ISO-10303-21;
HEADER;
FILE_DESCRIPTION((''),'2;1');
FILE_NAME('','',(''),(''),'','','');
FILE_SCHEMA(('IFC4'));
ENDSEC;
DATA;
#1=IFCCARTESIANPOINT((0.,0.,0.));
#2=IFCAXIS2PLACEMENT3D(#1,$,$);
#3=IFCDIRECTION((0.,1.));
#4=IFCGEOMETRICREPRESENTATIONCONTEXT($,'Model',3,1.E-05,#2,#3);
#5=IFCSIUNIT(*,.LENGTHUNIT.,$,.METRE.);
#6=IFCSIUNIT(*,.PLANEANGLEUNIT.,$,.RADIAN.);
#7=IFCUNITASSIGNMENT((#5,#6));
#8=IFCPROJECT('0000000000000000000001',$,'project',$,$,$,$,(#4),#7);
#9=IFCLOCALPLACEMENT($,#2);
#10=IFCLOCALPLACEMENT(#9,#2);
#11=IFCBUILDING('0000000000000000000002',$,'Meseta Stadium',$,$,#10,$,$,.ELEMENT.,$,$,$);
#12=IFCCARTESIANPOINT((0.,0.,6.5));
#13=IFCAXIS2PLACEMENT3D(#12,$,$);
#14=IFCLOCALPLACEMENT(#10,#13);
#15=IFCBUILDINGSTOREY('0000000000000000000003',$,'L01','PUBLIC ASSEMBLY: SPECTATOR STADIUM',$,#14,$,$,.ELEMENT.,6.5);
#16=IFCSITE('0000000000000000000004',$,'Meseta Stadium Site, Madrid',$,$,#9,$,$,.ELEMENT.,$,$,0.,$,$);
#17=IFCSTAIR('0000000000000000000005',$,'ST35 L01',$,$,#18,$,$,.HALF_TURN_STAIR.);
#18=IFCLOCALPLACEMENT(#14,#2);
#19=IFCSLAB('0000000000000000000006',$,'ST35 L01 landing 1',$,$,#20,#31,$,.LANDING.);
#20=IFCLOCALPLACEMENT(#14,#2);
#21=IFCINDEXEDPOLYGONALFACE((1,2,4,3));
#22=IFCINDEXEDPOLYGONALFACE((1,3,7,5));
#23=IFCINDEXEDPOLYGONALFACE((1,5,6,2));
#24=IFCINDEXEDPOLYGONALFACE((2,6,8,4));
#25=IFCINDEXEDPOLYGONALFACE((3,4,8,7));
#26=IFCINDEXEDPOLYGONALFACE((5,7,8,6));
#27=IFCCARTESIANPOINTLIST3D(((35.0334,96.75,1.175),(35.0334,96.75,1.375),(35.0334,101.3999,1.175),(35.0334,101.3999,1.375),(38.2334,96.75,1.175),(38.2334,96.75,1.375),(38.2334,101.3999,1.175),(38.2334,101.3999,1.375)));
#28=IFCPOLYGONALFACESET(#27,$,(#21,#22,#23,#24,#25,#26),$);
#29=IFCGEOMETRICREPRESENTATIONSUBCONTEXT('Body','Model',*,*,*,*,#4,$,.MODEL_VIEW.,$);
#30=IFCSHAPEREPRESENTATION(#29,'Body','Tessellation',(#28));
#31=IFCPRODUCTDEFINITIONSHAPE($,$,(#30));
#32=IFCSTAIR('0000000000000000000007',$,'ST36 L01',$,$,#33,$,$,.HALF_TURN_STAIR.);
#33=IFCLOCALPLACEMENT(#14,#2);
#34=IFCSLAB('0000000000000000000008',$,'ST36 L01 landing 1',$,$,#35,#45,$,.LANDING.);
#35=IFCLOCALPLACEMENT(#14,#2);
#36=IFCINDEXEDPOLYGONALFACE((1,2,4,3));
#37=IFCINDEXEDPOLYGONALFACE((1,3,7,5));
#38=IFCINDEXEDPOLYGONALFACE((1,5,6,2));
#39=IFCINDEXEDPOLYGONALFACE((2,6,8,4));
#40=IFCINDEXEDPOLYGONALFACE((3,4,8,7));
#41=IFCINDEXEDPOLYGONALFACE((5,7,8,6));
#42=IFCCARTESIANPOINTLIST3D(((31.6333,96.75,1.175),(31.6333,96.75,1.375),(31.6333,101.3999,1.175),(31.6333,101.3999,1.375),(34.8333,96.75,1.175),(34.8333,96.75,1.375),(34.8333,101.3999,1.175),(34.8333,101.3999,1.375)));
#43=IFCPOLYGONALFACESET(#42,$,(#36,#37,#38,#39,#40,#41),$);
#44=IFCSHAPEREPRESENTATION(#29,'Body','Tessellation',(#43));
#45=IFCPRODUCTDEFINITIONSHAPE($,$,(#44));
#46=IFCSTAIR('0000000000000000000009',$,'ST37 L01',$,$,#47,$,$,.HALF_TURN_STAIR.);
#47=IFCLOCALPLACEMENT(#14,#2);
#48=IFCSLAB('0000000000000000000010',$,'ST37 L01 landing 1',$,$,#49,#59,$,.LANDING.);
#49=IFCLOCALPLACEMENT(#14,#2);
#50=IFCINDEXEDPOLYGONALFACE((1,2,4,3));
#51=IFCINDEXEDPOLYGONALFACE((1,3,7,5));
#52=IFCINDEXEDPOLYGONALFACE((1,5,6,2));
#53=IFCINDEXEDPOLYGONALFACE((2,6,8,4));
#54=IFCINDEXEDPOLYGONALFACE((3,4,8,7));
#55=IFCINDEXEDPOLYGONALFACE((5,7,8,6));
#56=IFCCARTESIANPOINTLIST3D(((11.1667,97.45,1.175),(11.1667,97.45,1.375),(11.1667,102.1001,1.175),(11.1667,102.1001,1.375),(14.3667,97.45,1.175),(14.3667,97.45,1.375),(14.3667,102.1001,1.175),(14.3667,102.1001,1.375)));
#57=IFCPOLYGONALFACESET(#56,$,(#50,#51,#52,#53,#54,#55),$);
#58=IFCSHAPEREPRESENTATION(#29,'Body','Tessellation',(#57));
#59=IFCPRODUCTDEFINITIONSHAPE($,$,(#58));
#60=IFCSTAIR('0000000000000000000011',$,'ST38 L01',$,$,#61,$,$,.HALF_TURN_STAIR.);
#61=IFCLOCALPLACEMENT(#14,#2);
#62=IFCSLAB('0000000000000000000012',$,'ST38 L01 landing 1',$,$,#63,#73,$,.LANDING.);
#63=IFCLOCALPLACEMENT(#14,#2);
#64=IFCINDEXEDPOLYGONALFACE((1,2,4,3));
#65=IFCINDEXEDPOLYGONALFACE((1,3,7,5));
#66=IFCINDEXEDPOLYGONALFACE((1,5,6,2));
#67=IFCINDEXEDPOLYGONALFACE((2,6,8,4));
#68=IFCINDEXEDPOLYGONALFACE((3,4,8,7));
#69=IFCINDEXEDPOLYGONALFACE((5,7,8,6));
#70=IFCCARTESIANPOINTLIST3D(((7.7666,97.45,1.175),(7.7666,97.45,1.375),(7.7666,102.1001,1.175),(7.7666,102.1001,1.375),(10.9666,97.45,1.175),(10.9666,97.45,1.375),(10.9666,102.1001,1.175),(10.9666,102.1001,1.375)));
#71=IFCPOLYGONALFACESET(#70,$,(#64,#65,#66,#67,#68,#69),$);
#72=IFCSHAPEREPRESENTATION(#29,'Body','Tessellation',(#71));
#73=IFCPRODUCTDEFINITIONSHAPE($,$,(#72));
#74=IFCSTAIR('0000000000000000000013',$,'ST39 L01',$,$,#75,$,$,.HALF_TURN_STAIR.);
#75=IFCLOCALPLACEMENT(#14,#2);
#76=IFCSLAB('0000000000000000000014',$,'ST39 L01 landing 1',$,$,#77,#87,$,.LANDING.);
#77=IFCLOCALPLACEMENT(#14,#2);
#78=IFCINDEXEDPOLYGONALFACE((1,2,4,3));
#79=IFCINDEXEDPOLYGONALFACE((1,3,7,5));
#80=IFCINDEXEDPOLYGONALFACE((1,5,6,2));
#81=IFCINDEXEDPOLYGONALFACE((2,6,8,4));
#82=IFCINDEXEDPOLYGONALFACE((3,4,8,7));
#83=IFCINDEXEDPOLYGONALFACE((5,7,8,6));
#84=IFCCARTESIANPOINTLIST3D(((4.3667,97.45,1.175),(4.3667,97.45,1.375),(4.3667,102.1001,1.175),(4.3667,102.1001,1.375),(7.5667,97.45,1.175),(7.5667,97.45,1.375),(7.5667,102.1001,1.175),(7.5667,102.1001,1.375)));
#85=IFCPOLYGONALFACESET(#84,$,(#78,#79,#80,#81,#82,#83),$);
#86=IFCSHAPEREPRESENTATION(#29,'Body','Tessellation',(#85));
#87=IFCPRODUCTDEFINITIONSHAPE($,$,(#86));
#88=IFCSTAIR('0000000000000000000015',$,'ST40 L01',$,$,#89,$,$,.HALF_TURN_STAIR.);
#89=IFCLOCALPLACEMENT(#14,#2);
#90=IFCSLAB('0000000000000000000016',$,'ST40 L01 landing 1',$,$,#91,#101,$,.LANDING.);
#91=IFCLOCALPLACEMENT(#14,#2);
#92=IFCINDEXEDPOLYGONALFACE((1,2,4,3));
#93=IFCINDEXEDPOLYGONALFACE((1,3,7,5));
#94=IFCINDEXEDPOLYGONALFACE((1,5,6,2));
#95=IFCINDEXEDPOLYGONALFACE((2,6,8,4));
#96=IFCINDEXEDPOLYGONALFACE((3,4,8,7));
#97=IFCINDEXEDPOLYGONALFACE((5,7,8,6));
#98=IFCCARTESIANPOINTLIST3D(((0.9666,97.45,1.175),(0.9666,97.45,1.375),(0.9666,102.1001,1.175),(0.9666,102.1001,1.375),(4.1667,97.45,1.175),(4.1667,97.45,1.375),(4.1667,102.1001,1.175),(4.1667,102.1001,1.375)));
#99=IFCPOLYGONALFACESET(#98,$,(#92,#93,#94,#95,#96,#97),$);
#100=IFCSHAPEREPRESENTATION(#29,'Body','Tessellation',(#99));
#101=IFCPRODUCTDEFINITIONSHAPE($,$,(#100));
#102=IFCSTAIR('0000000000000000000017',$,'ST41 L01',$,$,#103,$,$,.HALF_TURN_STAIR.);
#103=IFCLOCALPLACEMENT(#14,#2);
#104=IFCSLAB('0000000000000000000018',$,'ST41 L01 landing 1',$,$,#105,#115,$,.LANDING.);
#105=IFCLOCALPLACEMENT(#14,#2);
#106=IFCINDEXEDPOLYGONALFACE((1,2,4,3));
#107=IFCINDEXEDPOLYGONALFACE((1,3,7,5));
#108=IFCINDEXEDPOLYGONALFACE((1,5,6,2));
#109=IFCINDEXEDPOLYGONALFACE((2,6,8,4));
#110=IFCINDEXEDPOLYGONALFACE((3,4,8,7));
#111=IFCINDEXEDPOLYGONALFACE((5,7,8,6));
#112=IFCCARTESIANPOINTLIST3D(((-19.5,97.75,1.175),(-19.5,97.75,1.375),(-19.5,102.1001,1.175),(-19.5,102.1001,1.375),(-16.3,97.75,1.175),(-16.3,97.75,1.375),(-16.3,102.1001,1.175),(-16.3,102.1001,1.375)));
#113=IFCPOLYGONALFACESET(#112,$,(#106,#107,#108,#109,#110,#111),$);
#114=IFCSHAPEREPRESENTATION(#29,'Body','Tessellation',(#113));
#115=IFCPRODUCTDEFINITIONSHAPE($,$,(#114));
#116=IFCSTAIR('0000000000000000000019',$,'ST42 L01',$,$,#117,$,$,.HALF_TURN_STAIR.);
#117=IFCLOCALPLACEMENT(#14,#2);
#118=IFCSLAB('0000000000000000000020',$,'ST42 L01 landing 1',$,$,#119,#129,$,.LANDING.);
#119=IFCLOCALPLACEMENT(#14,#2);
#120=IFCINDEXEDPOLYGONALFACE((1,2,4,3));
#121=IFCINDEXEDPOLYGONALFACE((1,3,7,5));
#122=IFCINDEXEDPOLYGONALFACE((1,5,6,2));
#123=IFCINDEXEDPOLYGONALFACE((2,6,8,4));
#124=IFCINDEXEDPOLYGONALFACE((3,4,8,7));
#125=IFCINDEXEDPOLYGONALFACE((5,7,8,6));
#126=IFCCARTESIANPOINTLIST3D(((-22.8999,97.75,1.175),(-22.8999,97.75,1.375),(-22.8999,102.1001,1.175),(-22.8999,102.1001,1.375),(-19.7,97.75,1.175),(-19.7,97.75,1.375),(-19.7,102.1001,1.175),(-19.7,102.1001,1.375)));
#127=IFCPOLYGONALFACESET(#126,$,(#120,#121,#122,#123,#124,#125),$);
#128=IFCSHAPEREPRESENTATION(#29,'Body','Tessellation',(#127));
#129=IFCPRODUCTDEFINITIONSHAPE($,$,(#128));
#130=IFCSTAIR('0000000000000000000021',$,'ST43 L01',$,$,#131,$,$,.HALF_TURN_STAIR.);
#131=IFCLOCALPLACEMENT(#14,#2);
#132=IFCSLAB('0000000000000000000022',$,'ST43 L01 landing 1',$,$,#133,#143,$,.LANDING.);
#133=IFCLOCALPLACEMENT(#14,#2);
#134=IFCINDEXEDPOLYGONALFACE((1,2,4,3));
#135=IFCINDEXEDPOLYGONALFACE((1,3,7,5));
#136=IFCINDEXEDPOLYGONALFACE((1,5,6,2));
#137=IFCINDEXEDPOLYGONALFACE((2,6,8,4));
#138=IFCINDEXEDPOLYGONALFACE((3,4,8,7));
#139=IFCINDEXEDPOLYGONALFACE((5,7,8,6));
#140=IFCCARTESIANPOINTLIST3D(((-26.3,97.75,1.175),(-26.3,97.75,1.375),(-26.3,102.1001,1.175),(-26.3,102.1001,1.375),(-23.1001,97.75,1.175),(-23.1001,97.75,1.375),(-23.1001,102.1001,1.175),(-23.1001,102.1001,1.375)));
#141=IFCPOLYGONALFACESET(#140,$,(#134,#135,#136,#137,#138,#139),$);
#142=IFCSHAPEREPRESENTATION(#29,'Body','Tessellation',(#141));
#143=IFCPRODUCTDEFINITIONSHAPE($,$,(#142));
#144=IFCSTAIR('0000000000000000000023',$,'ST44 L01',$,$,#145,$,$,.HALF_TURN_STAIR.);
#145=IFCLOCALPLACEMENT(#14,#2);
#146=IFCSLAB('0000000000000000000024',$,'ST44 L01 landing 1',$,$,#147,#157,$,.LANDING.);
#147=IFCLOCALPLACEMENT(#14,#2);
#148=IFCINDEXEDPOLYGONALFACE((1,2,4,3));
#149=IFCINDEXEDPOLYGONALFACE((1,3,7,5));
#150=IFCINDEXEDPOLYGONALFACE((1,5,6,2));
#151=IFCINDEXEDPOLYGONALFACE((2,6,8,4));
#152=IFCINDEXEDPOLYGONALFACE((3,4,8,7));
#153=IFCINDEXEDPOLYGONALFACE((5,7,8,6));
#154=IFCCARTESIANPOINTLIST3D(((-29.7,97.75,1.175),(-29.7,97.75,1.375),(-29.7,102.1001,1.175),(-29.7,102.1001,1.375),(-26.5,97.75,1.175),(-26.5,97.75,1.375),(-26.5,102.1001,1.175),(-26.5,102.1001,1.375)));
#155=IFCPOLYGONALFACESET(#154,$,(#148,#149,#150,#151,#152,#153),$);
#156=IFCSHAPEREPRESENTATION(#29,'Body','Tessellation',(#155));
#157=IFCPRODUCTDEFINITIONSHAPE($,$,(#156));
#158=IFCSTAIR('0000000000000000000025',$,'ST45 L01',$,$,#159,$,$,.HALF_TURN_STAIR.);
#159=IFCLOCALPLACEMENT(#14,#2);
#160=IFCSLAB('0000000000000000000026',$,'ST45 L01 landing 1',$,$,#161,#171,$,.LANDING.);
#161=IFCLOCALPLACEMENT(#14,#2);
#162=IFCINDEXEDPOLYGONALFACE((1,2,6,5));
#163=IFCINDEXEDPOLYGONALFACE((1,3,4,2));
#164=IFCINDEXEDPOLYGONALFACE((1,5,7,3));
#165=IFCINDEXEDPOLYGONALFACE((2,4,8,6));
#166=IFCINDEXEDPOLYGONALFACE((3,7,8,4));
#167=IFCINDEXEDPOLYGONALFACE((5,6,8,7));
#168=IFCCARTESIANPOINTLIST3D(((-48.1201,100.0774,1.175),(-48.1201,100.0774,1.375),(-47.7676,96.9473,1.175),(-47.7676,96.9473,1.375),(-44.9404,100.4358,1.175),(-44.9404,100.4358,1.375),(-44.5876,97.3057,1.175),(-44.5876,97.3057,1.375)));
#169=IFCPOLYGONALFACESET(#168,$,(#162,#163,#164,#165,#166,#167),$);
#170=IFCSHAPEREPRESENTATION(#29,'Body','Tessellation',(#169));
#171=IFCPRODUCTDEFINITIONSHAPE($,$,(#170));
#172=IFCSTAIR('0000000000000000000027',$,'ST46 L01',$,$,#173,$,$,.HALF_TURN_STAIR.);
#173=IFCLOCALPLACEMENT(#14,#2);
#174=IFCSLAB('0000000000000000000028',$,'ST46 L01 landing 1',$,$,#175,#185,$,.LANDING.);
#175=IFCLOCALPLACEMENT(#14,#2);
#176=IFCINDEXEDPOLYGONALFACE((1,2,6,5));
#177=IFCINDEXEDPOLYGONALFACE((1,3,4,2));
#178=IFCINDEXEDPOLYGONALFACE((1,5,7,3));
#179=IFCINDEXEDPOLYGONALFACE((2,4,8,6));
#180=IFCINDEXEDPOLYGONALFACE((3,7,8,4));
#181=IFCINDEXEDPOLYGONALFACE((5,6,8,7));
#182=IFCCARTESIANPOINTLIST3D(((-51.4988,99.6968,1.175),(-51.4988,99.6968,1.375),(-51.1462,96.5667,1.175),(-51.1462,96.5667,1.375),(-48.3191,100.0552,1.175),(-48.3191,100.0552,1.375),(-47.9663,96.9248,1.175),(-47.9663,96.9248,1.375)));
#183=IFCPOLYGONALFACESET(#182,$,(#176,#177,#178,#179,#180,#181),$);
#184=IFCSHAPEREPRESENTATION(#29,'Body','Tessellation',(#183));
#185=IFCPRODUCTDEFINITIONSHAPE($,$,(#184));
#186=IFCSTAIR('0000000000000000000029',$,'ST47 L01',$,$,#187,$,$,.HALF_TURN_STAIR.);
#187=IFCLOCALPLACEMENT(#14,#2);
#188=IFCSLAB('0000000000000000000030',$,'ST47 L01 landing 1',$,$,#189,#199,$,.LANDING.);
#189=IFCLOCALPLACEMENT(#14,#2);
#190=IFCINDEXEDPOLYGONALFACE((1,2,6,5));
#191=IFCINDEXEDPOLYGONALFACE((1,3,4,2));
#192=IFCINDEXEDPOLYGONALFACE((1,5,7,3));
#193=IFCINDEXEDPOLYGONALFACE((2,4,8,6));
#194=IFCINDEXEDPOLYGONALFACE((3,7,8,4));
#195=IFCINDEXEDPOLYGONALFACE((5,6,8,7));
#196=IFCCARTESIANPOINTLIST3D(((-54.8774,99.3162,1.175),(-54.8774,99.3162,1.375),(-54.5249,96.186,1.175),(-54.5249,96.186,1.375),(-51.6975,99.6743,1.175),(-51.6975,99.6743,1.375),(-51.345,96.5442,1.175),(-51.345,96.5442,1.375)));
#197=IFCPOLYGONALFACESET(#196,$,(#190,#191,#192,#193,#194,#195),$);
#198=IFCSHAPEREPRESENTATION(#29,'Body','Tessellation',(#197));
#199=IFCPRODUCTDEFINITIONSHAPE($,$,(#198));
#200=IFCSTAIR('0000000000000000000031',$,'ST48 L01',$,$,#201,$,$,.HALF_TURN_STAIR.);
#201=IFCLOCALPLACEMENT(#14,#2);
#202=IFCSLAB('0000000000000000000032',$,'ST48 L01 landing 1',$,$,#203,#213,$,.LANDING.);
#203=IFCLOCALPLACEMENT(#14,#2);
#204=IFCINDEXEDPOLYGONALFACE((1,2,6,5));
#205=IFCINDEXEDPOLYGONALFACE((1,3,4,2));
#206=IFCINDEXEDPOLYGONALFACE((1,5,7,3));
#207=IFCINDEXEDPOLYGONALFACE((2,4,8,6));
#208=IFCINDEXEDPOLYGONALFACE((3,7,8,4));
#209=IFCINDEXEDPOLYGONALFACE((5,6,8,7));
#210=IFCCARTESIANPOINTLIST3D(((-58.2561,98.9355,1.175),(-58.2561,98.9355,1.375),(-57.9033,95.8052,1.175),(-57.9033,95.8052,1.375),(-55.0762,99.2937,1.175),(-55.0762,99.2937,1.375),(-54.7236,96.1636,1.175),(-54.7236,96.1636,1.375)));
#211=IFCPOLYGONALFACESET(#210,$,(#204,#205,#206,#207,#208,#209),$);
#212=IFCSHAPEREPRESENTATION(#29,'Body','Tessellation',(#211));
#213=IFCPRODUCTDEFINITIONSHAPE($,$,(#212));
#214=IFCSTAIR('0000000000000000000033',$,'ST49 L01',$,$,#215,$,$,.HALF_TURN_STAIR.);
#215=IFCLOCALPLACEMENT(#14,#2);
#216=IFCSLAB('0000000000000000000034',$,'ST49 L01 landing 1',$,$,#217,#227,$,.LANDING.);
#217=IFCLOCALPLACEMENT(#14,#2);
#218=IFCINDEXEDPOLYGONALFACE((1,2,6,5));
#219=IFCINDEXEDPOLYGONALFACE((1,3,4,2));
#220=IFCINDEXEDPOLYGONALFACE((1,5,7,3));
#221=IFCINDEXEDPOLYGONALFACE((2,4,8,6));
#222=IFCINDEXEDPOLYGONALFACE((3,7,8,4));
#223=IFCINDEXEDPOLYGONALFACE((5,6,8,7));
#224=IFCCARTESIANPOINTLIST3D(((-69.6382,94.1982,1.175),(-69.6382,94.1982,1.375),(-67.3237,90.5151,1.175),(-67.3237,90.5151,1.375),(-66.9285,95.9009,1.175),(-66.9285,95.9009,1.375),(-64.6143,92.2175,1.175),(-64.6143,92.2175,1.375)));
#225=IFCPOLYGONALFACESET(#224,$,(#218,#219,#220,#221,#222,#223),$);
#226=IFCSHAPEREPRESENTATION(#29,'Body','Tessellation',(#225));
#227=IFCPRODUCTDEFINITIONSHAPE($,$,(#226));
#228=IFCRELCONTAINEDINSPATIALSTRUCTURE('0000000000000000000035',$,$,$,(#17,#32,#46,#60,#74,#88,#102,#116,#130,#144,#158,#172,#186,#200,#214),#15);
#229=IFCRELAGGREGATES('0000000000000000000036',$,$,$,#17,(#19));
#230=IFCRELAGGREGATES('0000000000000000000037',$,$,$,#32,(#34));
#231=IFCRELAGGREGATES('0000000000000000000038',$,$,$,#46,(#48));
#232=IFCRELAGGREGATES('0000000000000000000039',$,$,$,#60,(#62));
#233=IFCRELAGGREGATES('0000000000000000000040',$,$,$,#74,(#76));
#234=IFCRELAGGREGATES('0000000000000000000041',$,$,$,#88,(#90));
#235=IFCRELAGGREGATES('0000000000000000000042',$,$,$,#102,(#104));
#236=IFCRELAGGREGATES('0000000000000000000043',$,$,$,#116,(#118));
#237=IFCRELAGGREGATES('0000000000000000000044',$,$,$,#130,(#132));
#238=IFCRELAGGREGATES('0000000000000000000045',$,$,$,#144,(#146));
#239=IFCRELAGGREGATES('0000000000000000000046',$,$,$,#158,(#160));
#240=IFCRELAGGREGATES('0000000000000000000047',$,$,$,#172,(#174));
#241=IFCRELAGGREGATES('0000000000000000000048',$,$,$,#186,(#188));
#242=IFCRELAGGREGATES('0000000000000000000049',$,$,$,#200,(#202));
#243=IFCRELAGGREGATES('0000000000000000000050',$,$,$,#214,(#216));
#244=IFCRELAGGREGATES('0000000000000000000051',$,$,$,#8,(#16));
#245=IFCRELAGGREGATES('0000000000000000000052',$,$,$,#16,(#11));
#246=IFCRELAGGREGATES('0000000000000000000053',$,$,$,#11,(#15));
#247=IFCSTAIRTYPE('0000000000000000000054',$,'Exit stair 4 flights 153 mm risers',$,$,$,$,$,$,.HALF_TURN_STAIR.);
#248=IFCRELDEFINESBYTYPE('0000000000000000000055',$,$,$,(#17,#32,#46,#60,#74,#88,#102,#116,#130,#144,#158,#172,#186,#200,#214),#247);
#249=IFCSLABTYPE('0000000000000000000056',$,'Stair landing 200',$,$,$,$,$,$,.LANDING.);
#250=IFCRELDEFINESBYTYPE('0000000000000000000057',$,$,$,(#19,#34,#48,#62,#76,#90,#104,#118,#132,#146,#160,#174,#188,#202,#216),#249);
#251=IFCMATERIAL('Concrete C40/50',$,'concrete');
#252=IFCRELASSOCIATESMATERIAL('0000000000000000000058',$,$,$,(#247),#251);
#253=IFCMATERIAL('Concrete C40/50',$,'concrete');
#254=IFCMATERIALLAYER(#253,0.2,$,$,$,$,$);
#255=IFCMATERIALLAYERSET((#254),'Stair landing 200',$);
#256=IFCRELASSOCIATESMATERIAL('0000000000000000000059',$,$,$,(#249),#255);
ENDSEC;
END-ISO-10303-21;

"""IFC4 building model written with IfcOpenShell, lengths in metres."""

from ifc_helpers import new_model, si_unit, direction, frame, origin, place, context, subcontext, project, spatial, polyline, outline, extrude, material, layer, layer_set, type_object, element, aggregate, save


model = new_model("IFC4")

# Units and contexts
model_context = context("Model", 3, precision=1e-05, world=origin(), true_north=direction((0.0, 1.0)))
body_context = subcontext(model_context, "Body", "Model", "MODEL_VIEW")
ifc_project = project(units=[si_unit("LENGTHUNIT", "METRE"), si_unit("PLANEANGLEUNIT", "RADIAN")], contexts=[model_context])

# Site, building, storey
site_placement = place(None, origin())
site = spatial("IfcSite", under=ifc_project, at=site_placement, Name="Meseta Stadium Site, Madrid", CompositionType="ELEMENT", RefElevation=0.0)
building_placement = place(site_placement, origin())
building = spatial("IfcBuilding", under=site, at=building_placement, Name="Meseta Stadium", CompositionType="ELEMENT")
storey_placement = place(building_placement, frame((0.0, 0.0, 6.5)))
storey = spatial("IfcBuildingStorey", under=building, at=storey_placement, Name="L01", Description="PUBLIC ASSEMBLY: SPECTATOR STADIUM", CompositionType="ELEMENT", Elevation=6.5)

# Stairs, slabs
ifc_material_1 = material(Name="Concrete C40/50", Category="concrete")
stair_type = type_object("IfcStairType", Name="Exit stair 4 flights 153 mm risers", PredefinedType="HALF_TURN_STAIR", material=ifc_material_1)
stair_1_placement = place(storey_placement, origin())
stair_1 = element("IfcStair", 1, at=stair_1_placement, inside=storey, type_object=stair_type, Name="ST35 L01", PredefinedType="HALF_TURN_STAIR")
ifc_material_2 = material(Name="Concrete C40/50", Category="concrete")
ifc_layer = layer(ifc_material_2, 0.2)
ifc_layer_set = layer_set([ifc_layer], Name="Stair landing 200")
slab_type = type_object("IfcSlabType", Name="Stair landing 200", PredefinedType="LANDING", material=ifc_layer_set)
slab_1_placement = place(storey_placement, frame((0.0, 0.0, 1.175)))
slab_1 = element("IfcSlab", 2, at=slab_1_placement, type_object=slab_type, Name="ST35 L01 landing 1", PredefinedType="LANDING", context=body_context, shape_type="SweptSolid", body=[
    extrude(outline(polyline([(38.2334, 96.75), (38.2334, 101.3999), (35.0334, 101.3999), (35.0334, 96.75), (38.2334, 96.75)])), origin(), (0.0, 0.0, 1.0), 0.2),
])
aggregate(stair_1, [slab_1])
stair_2_placement = place(storey_placement, origin())
stair_2 = element("IfcStair", 3, at=stair_2_placement, inside=storey, type_object=stair_type, Name="ST36 L01", PredefinedType="HALF_TURN_STAIR")
slab_2_placement = place(storey_placement, frame((0.0, 0.0, 1.175)))
slab_2 = element("IfcSlab", 4, at=slab_2_placement, type_object=slab_type, Name="ST36 L01 landing 1", PredefinedType="LANDING", context=body_context, shape_type="SweptSolid", body=[
    extrude(outline(polyline([(34.8333, 96.75), (34.8333, 101.3999), (31.6333, 101.3999), (31.6333, 96.75), (34.8333, 96.75)])), origin(), (0.0, 0.0, 1.0), 0.2),
])
aggregate(stair_2, [slab_2])
stair_3_placement = place(storey_placement, origin())
stair_3 = element("IfcStair", 5, at=stair_3_placement, inside=storey, type_object=stair_type, Name="ST37 L01", PredefinedType="HALF_TURN_STAIR")
slab_3_placement = place(storey_placement, frame((0.0, 0.0, 1.175)))
slab_3 = element("IfcSlab", 6, at=slab_3_placement, type_object=slab_type, Name="ST37 L01 landing 1", PredefinedType="LANDING", context=body_context, shape_type="SweptSolid", body=[
    extrude(outline(polyline([(14.3667, 97.45), (14.3667, 102.1001), (11.1667, 102.1001), (11.1667, 97.45), (14.3667, 97.45)])), origin(), (0.0, 0.0, 1.0), 0.2),
])
aggregate(stair_3, [slab_3])
stair_4_placement = place(storey_placement, origin())
stair_4 = element("IfcStair", 7, at=stair_4_placement, inside=storey, type_object=stair_type, Name="ST38 L01", PredefinedType="HALF_TURN_STAIR")
slab_4_placement = place(storey_placement, frame((0.0, 0.0, 1.175)))
slab_4 = element("IfcSlab", 8, at=slab_4_placement, type_object=slab_type, Name="ST38 L01 landing 1", PredefinedType="LANDING", context=body_context, shape_type="SweptSolid", body=[
    extrude(outline(polyline([(10.9666, 97.45), (10.9666, 102.1001), (7.7666, 102.1001), (7.7666, 97.45), (10.9666, 97.45)])), origin(), (0.0, 0.0, 1.0), 0.2),
])
aggregate(stair_4, [slab_4])
stair_5_placement = place(storey_placement, origin())
stair_5 = element("IfcStair", 9, at=stair_5_placement, inside=storey, type_object=stair_type, Name="ST39 L01", PredefinedType="HALF_TURN_STAIR")
slab_5_placement = place(storey_placement, frame((0.0, 0.0, 1.175)))
slab_5 = element("IfcSlab", 10, at=slab_5_placement, type_object=slab_type, Name="ST39 L01 landing 1", PredefinedType="LANDING", context=body_context, shape_type="SweptSolid", body=[
    extrude(outline(polyline([(7.5667, 97.45), (7.5667, 102.1001), (4.3667, 102.1001), (4.3667, 97.45), (7.5667, 97.45)])), origin(), (0.0, 0.0, 1.0), 0.2),
])
aggregate(stair_5, [slab_5])
stair_6_placement = place(storey_placement, origin())
stair_6 = element("IfcStair", 11, at=stair_6_placement, inside=storey, type_object=stair_type, Name="ST40 L01", PredefinedType="HALF_TURN_STAIR")
slab_6_placement = place(storey_placement, frame((0.0, 0.0, 1.175)))
slab_6 = element("IfcSlab", 12, at=slab_6_placement, type_object=slab_type, Name="ST40 L01 landing 1", PredefinedType="LANDING", context=body_context, shape_type="SweptSolid", body=[
    extrude(outline(polyline([(4.1667, 97.45), (4.1667, 102.1001), (0.9666, 102.1001), (0.9666, 97.45), (4.1667, 97.45)])), origin(), (0.0, 0.0, 1.0), 0.2),
])
aggregate(stair_6, [slab_6])
stair_7_placement = place(storey_placement, origin())
stair_7 = element("IfcStair", 13, at=stair_7_placement, inside=storey, type_object=stair_type, Name="ST41 L01", PredefinedType="HALF_TURN_STAIR")
slab_7_placement = place(storey_placement, frame((0.0, 0.0, 1.175)))
slab_7 = element("IfcSlab", 14, at=slab_7_placement, type_object=slab_type, Name="ST41 L01 landing 1", PredefinedType="LANDING", context=body_context, shape_type="SweptSolid", body=[
    extrude(outline(polyline([(-16.3, 97.75), (-16.3, 102.1001), (-19.5, 102.1001), (-19.5, 97.75), (-16.3, 97.75)])), origin(), (0.0, 0.0, 1.0), 0.2),
])
aggregate(stair_7, [slab_7])
stair_8_placement = place(storey_placement, origin())
stair_8 = element("IfcStair", 15, at=stair_8_placement, inside=storey, type_object=stair_type, Name="ST42 L01", PredefinedType="HALF_TURN_STAIR")
slab_8_placement = place(storey_placement, frame((0.0, 0.0, 1.175)))
slab_8 = element("IfcSlab", 16, at=slab_8_placement, type_object=slab_type, Name="ST42 L01 landing 1", PredefinedType="LANDING", context=body_context, shape_type="SweptSolid", body=[
    extrude(outline(polyline([(-19.7, 97.75), (-19.7, 102.1001), (-22.8999, 102.1001), (-22.8999, 97.75), (-19.7, 97.75)])), origin(), (0.0, 0.0, 1.0), 0.2),
])
aggregate(stair_8, [slab_8])
stair_9_placement = place(storey_placement, origin())
stair_9 = element("IfcStair", 17, at=stair_9_placement, inside=storey, type_object=stair_type, Name="ST43 L01", PredefinedType="HALF_TURN_STAIR")
slab_9_placement = place(storey_placement, frame((0.0, 0.0, 1.175)))
slab_9 = element("IfcSlab", 18, at=slab_9_placement, type_object=slab_type, Name="ST43 L01 landing 1", PredefinedType="LANDING", context=body_context, shape_type="SweptSolid", body=[
    extrude(outline(polyline([(-23.1001, 97.75), (-23.1001, 102.1001), (-26.3, 102.1001), (-26.3, 97.75), (-23.1001, 97.75)])), origin(), (0.0, 0.0, 1.0), 0.2),
])
aggregate(stair_9, [slab_9])
stair_10_placement = place(storey_placement, origin())
stair_10 = element("IfcStair", 19, at=stair_10_placement, inside=storey, type_object=stair_type, Name="ST44 L01", PredefinedType="HALF_TURN_STAIR")
slab_10_placement = place(storey_placement, frame((0.0, 0.0, 1.175)))
slab_10 = element("IfcSlab", 20, at=slab_10_placement, type_object=slab_type, Name="ST44 L01 landing 1", PredefinedType="LANDING", context=body_context, shape_type="SweptSolid", body=[
    extrude(outline(polyline([(-26.5, 97.75), (-26.5, 102.1001), (-29.7, 102.1001), (-29.7, 97.75), (-26.5, 97.75)])), origin(), (0.0, 0.0, 1.0), 0.2),
])
aggregate(stair_10, [slab_10])
stair_11_placement = place(storey_placement, origin())
stair_11 = element("IfcStair", 21, at=stair_11_placement, inside=storey, type_object=stair_type, Name="ST45 L01", PredefinedType="HALF_TURN_STAIR")
slab_11_placement = place(storey_placement, frame((0.0, 0.0, 1.175)))
slab_11 = element("IfcSlab", 22, at=slab_11_placement, type_object=slab_type, Name="ST45 L01 landing 1", PredefinedType="LANDING", context=body_context, shape_type="SweptSolid", body=[
    extrude(outline(polyline([(-44.5876, 97.3057), (-44.9404, 100.4358), (-48.1201, 100.0774), (-47.7676, 96.9473), (-44.5876, 97.3057)])), origin(), (0.0, 0.0, 1.0), 0.2),
])
aggregate(stair_11, [slab_11])
stair_12_placement = place(storey_placement, origin())
stair_12 = element("IfcStair", 23, at=stair_12_placement, inside=storey, type_object=stair_type, Name="ST46 L01", PredefinedType="HALF_TURN_STAIR")
slab_12_placement = place(storey_placement, frame((0.0, 0.0, 1.175)))
slab_12 = element("IfcSlab", 24, at=slab_12_placement, type_object=slab_type, Name="ST46 L01 landing 1", PredefinedType="LANDING", context=body_context, shape_type="SweptSolid", body=[
    extrude(outline(polyline([(-47.9663, 96.9248), (-48.3191, 100.0552), (-51.4988, 99.6968), (-51.1462, 96.5667), (-47.9663, 96.9248)])), origin(), (0.0, 0.0, 1.0), 0.2),
])
aggregate(stair_12, [slab_12])
stair_13_placement = place(storey_placement, origin())
stair_13 = element("IfcStair", 25, at=stair_13_placement, inside=storey, type_object=stair_type, Name="ST47 L01", PredefinedType="HALF_TURN_STAIR")
slab_13_placement = place(storey_placement, frame((0.0, 0.0, 1.175)))
slab_13 = element("IfcSlab", 26, at=slab_13_placement, type_object=slab_type, Name="ST47 L01 landing 1", PredefinedType="LANDING", context=body_context, shape_type="SweptSolid", body=[
    extrude(outline(polyline([(-51.345, 96.5442), (-51.6975, 99.6743), (-54.8774, 99.3162), (-54.5249, 96.186), (-51.345, 96.5442)])), origin(), (0.0, 0.0, 1.0), 0.2),
])
aggregate(stair_13, [slab_13])
stair_14_placement = place(storey_placement, origin())
stair_14 = element("IfcStair", 27, at=stair_14_placement, inside=storey, type_object=stair_type, Name="ST48 L01", PredefinedType="HALF_TURN_STAIR")
slab_14_placement = place(storey_placement, frame((0.0, 0.0, 1.175)))
slab_14 = element("IfcSlab", 28, at=slab_14_placement, type_object=slab_type, Name="ST48 L01 landing 1", PredefinedType="LANDING", context=body_context, shape_type="SweptSolid", body=[
    extrude(outline(polyline([(-54.7236, 96.1636), (-55.0762, 99.2937), (-58.2561, 98.9355), (-57.9033, 95.8052), (-54.7236, 96.1636)])), origin(), (0.0, 0.0, 1.0), 0.2),
])
aggregate(stair_14, [slab_14])
stair_15_placement = place(storey_placement, origin())
stair_15 = element("IfcStair", 29, at=stair_15_placement, inside=storey, type_object=stair_type, Name="ST49 L01", PredefinedType="HALF_TURN_STAIR")
slab_15_placement = place(storey_placement, frame((0.0, 0.0, 1.175)))
slab_15 = element("IfcSlab", 30, at=slab_15_placement, type_object=slab_type, Name="ST49 L01 landing 1", PredefinedType="LANDING", context=body_context, shape_type="SweptSolid", body=[
    extrude(outline(polyline([(-64.6143, 92.2175), (-66.9285, 95.9009), (-69.6382, 94.1982), (-67.3237, 90.5151), (-64.6143, 92.2175)])), origin(), (0.0, 0.0, 1.0), 0.2),
])
aggregate(stair_15, [slab_15])

save(model, "model.ifc")
